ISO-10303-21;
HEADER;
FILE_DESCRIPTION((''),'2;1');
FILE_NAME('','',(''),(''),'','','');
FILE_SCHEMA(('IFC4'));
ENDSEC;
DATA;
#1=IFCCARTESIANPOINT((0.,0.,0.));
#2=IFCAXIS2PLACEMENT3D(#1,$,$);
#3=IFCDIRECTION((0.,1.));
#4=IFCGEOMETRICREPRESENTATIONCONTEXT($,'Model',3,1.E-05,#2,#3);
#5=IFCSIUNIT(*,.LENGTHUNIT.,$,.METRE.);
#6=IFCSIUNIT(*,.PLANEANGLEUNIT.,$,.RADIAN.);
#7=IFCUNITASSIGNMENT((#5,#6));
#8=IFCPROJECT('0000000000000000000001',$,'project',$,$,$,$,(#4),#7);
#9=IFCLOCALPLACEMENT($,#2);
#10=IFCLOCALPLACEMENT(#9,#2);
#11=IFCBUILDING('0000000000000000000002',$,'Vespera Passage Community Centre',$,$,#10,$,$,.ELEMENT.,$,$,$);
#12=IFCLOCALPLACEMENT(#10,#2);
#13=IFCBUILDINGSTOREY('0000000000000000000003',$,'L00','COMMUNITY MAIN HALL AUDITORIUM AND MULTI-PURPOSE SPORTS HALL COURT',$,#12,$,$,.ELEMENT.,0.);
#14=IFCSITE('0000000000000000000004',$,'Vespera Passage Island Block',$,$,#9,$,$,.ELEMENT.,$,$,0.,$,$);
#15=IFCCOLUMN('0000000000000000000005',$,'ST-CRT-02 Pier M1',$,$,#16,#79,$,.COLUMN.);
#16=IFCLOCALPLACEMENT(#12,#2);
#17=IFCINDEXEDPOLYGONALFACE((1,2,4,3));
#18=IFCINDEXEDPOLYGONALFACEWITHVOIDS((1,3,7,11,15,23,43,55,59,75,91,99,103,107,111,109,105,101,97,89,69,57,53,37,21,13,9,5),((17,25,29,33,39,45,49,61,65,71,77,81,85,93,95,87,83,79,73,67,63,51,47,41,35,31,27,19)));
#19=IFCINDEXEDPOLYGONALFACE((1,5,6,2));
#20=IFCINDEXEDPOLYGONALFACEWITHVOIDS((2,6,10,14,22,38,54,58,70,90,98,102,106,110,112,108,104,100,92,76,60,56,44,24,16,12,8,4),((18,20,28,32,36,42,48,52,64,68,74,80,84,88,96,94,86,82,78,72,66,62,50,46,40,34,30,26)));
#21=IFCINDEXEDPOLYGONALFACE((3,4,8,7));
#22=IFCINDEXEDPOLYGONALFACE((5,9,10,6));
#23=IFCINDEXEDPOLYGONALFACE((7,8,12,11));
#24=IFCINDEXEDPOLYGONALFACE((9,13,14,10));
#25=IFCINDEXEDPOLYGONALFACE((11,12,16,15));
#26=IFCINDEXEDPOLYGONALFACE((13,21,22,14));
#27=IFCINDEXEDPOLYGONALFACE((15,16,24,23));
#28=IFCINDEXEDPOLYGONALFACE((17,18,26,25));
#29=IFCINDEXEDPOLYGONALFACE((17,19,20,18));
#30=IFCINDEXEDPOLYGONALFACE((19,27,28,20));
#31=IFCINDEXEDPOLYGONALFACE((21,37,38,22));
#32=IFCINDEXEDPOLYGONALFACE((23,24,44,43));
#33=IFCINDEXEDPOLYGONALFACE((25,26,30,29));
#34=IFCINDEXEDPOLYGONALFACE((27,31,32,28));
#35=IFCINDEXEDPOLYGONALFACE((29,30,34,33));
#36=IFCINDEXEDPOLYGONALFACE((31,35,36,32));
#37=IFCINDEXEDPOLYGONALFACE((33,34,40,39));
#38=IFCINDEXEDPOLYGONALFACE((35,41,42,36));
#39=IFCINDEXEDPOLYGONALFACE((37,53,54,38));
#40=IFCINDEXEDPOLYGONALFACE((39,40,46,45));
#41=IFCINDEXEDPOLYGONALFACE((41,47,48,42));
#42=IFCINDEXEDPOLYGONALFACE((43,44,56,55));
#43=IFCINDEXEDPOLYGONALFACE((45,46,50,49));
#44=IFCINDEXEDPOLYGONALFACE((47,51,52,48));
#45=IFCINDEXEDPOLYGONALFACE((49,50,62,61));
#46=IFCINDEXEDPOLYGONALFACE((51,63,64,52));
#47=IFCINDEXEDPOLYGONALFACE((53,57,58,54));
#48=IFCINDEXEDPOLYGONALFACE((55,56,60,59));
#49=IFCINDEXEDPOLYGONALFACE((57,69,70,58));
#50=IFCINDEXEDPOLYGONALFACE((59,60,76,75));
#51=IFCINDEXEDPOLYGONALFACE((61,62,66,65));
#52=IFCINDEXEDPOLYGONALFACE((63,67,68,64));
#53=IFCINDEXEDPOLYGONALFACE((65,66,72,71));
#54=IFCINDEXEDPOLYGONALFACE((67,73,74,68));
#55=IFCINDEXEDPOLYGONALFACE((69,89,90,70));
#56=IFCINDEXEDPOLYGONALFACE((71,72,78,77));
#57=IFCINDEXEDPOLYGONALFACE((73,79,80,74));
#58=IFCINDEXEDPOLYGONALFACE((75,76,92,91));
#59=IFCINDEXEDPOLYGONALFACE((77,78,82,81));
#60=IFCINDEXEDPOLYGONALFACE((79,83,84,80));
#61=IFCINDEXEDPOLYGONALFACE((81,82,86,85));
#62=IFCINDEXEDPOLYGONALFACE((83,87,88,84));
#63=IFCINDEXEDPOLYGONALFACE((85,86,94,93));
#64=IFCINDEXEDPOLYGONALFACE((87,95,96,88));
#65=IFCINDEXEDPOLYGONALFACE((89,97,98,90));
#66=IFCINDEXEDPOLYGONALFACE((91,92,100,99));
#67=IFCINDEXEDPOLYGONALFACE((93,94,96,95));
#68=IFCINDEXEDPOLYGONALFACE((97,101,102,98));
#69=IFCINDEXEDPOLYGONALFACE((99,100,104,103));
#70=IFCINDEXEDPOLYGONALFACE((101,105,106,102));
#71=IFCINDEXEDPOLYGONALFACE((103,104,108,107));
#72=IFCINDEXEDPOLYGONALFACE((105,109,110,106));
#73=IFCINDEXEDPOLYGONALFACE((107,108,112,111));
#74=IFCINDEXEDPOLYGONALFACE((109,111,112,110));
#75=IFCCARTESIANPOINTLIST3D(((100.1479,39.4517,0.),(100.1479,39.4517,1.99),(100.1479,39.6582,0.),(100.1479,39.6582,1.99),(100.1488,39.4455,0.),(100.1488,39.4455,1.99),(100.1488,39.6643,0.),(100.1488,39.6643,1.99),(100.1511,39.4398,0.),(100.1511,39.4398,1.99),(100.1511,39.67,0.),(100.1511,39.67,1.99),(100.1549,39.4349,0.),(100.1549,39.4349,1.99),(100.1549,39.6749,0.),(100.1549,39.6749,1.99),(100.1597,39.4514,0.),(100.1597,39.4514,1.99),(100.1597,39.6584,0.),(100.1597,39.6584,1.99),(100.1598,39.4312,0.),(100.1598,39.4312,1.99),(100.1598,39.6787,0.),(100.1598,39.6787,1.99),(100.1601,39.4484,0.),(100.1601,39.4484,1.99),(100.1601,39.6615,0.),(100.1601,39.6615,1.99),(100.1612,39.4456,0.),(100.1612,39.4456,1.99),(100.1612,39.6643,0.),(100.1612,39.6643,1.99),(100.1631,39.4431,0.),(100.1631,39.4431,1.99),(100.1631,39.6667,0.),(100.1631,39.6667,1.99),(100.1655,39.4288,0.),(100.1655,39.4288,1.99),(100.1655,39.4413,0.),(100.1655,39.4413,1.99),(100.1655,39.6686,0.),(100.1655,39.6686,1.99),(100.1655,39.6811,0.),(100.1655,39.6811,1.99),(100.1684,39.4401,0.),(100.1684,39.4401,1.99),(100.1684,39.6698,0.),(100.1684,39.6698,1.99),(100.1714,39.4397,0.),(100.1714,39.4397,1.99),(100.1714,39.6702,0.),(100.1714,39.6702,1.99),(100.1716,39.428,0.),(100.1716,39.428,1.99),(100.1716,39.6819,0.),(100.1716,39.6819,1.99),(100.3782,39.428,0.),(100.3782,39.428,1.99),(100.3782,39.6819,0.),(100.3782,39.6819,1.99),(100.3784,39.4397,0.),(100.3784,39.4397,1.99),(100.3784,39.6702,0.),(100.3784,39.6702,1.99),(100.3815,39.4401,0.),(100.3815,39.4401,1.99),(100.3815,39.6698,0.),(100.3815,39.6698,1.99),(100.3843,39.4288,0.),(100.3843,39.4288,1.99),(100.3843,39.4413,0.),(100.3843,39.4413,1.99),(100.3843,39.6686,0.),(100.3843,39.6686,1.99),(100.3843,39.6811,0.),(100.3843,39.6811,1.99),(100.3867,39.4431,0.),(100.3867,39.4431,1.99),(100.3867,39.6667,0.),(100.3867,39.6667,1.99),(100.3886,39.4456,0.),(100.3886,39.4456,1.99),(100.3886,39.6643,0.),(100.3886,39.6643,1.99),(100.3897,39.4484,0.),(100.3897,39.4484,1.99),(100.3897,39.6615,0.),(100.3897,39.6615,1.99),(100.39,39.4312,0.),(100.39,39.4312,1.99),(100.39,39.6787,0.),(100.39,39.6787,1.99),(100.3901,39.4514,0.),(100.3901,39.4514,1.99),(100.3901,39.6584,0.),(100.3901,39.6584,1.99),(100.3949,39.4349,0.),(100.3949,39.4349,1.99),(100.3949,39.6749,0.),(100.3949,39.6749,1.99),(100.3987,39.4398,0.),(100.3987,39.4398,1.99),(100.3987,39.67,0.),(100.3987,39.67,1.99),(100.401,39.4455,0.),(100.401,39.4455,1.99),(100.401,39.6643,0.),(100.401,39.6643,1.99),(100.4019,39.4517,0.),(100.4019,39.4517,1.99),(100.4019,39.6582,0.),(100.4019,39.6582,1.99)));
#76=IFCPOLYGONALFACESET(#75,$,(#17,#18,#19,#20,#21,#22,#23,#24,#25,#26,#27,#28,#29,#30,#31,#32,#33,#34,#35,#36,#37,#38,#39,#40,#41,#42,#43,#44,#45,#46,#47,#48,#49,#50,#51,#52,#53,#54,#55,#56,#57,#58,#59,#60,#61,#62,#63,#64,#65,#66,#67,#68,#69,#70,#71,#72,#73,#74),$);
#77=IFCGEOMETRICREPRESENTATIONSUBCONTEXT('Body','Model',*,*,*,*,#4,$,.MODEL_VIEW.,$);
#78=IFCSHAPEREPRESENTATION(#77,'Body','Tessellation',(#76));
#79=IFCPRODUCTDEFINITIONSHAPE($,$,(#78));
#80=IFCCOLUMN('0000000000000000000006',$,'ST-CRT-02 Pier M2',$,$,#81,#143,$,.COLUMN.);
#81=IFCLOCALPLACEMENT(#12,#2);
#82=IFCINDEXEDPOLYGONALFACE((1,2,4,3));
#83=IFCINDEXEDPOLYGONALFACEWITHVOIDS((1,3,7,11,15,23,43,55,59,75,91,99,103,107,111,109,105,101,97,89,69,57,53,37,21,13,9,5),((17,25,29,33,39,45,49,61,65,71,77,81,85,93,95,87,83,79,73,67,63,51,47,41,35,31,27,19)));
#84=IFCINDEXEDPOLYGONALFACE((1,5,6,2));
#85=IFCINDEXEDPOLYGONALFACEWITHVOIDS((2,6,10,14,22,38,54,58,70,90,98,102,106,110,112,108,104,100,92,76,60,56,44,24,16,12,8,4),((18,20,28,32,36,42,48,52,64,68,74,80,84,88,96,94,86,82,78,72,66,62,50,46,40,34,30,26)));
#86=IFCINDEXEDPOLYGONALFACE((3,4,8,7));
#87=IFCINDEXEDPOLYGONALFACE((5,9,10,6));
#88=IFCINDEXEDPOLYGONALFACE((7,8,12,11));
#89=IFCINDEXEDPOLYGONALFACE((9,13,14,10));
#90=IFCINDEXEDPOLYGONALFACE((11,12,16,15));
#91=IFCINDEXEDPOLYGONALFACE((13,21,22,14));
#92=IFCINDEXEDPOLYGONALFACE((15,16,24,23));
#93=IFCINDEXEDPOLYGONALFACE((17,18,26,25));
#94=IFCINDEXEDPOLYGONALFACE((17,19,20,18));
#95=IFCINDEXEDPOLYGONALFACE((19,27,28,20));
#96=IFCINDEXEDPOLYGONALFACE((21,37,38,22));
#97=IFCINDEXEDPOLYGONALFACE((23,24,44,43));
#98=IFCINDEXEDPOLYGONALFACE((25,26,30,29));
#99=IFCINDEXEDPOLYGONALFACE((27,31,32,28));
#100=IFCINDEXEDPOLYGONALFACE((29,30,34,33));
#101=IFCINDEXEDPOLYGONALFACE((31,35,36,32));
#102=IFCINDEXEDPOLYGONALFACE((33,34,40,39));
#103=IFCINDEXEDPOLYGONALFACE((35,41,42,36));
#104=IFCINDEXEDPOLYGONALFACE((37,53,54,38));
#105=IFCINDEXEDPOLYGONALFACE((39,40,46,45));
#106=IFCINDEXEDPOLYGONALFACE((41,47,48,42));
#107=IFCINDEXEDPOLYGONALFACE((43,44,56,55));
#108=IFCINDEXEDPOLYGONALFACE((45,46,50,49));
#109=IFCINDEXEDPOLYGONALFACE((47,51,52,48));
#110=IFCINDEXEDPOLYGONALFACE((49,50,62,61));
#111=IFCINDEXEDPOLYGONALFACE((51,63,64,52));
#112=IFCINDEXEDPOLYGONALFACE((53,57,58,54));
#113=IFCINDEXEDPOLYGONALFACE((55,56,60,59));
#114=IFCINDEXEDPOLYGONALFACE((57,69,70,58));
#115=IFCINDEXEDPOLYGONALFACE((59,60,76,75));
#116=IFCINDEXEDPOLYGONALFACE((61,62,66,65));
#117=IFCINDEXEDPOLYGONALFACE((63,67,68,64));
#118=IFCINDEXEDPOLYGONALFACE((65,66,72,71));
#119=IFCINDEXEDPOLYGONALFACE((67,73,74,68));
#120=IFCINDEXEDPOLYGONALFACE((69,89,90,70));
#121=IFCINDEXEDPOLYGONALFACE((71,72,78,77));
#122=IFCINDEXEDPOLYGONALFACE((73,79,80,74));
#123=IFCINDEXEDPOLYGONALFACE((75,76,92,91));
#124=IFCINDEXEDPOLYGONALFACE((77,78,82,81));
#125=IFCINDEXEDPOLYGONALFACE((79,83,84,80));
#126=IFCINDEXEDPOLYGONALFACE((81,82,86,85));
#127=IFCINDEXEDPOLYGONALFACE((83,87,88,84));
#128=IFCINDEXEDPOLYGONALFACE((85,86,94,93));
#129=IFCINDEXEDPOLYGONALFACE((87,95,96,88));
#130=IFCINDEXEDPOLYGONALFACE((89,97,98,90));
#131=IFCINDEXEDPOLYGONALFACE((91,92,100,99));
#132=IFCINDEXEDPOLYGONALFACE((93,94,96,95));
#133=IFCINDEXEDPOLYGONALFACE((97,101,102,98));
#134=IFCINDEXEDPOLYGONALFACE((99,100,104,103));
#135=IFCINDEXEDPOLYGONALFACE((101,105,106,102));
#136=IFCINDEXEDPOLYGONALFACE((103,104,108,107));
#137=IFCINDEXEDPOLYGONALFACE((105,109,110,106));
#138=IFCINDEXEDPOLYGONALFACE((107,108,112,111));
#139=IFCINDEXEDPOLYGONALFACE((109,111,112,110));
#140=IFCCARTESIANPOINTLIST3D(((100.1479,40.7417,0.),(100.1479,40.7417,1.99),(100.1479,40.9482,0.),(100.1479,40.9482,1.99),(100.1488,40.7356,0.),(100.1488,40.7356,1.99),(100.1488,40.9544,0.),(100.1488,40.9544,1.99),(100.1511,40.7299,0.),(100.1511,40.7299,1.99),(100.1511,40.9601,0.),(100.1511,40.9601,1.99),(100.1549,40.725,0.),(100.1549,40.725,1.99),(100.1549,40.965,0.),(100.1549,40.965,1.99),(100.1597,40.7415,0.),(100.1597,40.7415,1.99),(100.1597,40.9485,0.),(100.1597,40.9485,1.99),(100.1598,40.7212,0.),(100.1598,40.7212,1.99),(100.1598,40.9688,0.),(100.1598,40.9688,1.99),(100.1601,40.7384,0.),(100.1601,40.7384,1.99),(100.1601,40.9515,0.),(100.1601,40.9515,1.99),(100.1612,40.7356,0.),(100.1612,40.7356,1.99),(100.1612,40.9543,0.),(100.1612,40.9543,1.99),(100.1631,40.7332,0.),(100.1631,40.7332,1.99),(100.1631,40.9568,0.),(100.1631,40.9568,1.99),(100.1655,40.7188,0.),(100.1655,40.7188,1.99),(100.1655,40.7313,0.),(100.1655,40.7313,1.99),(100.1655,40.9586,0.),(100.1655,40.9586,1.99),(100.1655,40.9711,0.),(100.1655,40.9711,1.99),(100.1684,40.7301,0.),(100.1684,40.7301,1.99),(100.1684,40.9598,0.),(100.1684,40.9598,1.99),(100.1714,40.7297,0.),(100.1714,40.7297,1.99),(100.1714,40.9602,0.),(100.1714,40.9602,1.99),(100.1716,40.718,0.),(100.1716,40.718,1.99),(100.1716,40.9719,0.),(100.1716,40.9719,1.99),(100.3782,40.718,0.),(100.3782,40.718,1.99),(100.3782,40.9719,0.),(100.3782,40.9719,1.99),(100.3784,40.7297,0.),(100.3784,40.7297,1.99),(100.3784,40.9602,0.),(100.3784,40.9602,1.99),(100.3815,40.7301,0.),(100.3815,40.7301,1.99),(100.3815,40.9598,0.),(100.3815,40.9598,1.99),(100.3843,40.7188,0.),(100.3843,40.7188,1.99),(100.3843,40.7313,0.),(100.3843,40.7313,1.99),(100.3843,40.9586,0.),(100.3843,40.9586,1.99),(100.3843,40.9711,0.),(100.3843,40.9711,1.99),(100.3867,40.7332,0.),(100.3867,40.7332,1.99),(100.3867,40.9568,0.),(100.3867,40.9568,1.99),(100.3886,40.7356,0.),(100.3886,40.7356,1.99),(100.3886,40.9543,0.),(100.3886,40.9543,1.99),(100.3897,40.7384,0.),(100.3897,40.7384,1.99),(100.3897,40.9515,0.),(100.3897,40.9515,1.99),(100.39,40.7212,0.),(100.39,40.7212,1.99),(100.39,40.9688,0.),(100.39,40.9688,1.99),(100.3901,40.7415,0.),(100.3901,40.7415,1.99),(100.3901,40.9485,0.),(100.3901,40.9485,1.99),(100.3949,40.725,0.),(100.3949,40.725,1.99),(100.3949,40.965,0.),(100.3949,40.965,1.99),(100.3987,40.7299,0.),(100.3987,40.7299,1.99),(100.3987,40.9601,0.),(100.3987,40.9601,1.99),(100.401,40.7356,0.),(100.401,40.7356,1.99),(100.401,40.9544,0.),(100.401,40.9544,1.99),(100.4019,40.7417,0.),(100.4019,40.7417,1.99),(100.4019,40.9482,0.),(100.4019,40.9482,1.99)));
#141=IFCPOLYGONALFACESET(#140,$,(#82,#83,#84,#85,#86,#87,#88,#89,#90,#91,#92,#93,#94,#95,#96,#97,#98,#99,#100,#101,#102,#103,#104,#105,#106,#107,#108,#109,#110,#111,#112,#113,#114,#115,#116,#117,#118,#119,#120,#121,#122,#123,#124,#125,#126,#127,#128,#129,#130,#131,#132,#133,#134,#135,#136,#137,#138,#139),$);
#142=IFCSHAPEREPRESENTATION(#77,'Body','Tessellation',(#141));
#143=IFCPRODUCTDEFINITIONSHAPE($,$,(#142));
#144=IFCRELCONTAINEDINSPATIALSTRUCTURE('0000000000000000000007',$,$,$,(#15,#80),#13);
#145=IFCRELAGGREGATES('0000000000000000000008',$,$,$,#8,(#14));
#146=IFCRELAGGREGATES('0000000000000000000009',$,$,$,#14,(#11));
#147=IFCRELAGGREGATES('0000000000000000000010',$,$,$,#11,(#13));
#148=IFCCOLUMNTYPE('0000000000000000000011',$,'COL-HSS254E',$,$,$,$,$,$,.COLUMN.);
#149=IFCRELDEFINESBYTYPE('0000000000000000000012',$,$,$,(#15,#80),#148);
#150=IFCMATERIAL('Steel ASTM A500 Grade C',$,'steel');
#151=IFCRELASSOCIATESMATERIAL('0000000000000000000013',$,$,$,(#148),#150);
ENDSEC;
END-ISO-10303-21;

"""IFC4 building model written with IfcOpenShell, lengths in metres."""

from ifc_helpers import new_model, si_unit, direction, frame, origin, origin_2d, place, context, subcontext, project, spatial, hollow_rectangle, extrude, material, material_profile, profile_set, type_object, element, save


model = new_model("IFC4")

# Units and contexts
model_context = context("Model", 3, precision=1e-05, world=origin(), true_north=direction((0.0, 1.0)))
body_context = subcontext(model_context, "Body", "Model", "MODEL_VIEW")
ifc_project = project(units=[si_unit("LENGTHUNIT", "METRE"), si_unit("PLANEANGLEUNIT", "RADIAN")], contexts=[model_context])

# Site, building, storey
site_placement = place(None, origin())
site = spatial("IfcSite", under=ifc_project, at=site_placement, Name="Vespera Passage Island Block", CompositionType="ELEMENT", RefElevation=0.0)
building_placement = place(site_placement, origin())
building = spatial("IfcBuilding", under=site, at=building_placement, Name="Vespera Passage Community Centre", CompositionType="ELEMENT")
storey_placement = place(building_placement, origin())
storey = spatial("IfcBuildingStorey", under=building, at=storey_placement, Name="L00", Description="COMMUNITY MAIN HALL AUDITORIUM AND MULTI-PURPOSE SPORTS HALL COURT", CompositionType="ELEMENT", Elevation=0.0)

# Columns
ifc_material_1 = material(Name="Steel ASTM A500 Grade C", Category="steel")
ifc_material_profile_1 = material_profile(ifc_material_1, hollow_rectangle(XDim=0.2539, YDim=0.2539, WallThickness=0.0117, InnerFilletRadius=0.0117, OuterFilletRadius=0.0237, at=origin_2d()), Name="HSS254X254X12.7")
ifc_profile_set_1 = profile_set([ifc_material_profile_1], Name="Steel ASTM A500 Grade C")
column_type_1 = type_object("IfcColumnType", Name="COL-HSS254E", PredefinedType="COLUMN", material=ifc_profile_set_1)
for number, where, z_axis, x_axis, name in (
    (1, (100.2749, 39.5549, 0.0), (0.0, 0.0, 1.0), (1.0, 0.0, 0.0), "ST-CRT-02 Pier M1"),
    (2, (100.2749, 40.845, 0.0), (0.0, 0.0, 1.0), (1.0, 0.0, 0.0), "ST-CRT-02 Pier M2"),
):
    element("IfcColumn", number, at=place(storey_placement, frame(where, z_axis=z_axis, x_axis=x_axis)), inside=storey, type_object=column_type_1, Name=name, PredefinedType="COLUMN", context=body_context, shape_type="SweptSolid", body=[
        extrude(hollow_rectangle(XDim=0.2539, YDim=0.2539, WallThickness=0.0117, InnerFilletRadius=0.0117, OuterFilletRadius=0.0237, at=origin_2d()), origin(), (0.0, 0.0, 1.0), 1.99),
    ])

save(model, "model.ifc")
